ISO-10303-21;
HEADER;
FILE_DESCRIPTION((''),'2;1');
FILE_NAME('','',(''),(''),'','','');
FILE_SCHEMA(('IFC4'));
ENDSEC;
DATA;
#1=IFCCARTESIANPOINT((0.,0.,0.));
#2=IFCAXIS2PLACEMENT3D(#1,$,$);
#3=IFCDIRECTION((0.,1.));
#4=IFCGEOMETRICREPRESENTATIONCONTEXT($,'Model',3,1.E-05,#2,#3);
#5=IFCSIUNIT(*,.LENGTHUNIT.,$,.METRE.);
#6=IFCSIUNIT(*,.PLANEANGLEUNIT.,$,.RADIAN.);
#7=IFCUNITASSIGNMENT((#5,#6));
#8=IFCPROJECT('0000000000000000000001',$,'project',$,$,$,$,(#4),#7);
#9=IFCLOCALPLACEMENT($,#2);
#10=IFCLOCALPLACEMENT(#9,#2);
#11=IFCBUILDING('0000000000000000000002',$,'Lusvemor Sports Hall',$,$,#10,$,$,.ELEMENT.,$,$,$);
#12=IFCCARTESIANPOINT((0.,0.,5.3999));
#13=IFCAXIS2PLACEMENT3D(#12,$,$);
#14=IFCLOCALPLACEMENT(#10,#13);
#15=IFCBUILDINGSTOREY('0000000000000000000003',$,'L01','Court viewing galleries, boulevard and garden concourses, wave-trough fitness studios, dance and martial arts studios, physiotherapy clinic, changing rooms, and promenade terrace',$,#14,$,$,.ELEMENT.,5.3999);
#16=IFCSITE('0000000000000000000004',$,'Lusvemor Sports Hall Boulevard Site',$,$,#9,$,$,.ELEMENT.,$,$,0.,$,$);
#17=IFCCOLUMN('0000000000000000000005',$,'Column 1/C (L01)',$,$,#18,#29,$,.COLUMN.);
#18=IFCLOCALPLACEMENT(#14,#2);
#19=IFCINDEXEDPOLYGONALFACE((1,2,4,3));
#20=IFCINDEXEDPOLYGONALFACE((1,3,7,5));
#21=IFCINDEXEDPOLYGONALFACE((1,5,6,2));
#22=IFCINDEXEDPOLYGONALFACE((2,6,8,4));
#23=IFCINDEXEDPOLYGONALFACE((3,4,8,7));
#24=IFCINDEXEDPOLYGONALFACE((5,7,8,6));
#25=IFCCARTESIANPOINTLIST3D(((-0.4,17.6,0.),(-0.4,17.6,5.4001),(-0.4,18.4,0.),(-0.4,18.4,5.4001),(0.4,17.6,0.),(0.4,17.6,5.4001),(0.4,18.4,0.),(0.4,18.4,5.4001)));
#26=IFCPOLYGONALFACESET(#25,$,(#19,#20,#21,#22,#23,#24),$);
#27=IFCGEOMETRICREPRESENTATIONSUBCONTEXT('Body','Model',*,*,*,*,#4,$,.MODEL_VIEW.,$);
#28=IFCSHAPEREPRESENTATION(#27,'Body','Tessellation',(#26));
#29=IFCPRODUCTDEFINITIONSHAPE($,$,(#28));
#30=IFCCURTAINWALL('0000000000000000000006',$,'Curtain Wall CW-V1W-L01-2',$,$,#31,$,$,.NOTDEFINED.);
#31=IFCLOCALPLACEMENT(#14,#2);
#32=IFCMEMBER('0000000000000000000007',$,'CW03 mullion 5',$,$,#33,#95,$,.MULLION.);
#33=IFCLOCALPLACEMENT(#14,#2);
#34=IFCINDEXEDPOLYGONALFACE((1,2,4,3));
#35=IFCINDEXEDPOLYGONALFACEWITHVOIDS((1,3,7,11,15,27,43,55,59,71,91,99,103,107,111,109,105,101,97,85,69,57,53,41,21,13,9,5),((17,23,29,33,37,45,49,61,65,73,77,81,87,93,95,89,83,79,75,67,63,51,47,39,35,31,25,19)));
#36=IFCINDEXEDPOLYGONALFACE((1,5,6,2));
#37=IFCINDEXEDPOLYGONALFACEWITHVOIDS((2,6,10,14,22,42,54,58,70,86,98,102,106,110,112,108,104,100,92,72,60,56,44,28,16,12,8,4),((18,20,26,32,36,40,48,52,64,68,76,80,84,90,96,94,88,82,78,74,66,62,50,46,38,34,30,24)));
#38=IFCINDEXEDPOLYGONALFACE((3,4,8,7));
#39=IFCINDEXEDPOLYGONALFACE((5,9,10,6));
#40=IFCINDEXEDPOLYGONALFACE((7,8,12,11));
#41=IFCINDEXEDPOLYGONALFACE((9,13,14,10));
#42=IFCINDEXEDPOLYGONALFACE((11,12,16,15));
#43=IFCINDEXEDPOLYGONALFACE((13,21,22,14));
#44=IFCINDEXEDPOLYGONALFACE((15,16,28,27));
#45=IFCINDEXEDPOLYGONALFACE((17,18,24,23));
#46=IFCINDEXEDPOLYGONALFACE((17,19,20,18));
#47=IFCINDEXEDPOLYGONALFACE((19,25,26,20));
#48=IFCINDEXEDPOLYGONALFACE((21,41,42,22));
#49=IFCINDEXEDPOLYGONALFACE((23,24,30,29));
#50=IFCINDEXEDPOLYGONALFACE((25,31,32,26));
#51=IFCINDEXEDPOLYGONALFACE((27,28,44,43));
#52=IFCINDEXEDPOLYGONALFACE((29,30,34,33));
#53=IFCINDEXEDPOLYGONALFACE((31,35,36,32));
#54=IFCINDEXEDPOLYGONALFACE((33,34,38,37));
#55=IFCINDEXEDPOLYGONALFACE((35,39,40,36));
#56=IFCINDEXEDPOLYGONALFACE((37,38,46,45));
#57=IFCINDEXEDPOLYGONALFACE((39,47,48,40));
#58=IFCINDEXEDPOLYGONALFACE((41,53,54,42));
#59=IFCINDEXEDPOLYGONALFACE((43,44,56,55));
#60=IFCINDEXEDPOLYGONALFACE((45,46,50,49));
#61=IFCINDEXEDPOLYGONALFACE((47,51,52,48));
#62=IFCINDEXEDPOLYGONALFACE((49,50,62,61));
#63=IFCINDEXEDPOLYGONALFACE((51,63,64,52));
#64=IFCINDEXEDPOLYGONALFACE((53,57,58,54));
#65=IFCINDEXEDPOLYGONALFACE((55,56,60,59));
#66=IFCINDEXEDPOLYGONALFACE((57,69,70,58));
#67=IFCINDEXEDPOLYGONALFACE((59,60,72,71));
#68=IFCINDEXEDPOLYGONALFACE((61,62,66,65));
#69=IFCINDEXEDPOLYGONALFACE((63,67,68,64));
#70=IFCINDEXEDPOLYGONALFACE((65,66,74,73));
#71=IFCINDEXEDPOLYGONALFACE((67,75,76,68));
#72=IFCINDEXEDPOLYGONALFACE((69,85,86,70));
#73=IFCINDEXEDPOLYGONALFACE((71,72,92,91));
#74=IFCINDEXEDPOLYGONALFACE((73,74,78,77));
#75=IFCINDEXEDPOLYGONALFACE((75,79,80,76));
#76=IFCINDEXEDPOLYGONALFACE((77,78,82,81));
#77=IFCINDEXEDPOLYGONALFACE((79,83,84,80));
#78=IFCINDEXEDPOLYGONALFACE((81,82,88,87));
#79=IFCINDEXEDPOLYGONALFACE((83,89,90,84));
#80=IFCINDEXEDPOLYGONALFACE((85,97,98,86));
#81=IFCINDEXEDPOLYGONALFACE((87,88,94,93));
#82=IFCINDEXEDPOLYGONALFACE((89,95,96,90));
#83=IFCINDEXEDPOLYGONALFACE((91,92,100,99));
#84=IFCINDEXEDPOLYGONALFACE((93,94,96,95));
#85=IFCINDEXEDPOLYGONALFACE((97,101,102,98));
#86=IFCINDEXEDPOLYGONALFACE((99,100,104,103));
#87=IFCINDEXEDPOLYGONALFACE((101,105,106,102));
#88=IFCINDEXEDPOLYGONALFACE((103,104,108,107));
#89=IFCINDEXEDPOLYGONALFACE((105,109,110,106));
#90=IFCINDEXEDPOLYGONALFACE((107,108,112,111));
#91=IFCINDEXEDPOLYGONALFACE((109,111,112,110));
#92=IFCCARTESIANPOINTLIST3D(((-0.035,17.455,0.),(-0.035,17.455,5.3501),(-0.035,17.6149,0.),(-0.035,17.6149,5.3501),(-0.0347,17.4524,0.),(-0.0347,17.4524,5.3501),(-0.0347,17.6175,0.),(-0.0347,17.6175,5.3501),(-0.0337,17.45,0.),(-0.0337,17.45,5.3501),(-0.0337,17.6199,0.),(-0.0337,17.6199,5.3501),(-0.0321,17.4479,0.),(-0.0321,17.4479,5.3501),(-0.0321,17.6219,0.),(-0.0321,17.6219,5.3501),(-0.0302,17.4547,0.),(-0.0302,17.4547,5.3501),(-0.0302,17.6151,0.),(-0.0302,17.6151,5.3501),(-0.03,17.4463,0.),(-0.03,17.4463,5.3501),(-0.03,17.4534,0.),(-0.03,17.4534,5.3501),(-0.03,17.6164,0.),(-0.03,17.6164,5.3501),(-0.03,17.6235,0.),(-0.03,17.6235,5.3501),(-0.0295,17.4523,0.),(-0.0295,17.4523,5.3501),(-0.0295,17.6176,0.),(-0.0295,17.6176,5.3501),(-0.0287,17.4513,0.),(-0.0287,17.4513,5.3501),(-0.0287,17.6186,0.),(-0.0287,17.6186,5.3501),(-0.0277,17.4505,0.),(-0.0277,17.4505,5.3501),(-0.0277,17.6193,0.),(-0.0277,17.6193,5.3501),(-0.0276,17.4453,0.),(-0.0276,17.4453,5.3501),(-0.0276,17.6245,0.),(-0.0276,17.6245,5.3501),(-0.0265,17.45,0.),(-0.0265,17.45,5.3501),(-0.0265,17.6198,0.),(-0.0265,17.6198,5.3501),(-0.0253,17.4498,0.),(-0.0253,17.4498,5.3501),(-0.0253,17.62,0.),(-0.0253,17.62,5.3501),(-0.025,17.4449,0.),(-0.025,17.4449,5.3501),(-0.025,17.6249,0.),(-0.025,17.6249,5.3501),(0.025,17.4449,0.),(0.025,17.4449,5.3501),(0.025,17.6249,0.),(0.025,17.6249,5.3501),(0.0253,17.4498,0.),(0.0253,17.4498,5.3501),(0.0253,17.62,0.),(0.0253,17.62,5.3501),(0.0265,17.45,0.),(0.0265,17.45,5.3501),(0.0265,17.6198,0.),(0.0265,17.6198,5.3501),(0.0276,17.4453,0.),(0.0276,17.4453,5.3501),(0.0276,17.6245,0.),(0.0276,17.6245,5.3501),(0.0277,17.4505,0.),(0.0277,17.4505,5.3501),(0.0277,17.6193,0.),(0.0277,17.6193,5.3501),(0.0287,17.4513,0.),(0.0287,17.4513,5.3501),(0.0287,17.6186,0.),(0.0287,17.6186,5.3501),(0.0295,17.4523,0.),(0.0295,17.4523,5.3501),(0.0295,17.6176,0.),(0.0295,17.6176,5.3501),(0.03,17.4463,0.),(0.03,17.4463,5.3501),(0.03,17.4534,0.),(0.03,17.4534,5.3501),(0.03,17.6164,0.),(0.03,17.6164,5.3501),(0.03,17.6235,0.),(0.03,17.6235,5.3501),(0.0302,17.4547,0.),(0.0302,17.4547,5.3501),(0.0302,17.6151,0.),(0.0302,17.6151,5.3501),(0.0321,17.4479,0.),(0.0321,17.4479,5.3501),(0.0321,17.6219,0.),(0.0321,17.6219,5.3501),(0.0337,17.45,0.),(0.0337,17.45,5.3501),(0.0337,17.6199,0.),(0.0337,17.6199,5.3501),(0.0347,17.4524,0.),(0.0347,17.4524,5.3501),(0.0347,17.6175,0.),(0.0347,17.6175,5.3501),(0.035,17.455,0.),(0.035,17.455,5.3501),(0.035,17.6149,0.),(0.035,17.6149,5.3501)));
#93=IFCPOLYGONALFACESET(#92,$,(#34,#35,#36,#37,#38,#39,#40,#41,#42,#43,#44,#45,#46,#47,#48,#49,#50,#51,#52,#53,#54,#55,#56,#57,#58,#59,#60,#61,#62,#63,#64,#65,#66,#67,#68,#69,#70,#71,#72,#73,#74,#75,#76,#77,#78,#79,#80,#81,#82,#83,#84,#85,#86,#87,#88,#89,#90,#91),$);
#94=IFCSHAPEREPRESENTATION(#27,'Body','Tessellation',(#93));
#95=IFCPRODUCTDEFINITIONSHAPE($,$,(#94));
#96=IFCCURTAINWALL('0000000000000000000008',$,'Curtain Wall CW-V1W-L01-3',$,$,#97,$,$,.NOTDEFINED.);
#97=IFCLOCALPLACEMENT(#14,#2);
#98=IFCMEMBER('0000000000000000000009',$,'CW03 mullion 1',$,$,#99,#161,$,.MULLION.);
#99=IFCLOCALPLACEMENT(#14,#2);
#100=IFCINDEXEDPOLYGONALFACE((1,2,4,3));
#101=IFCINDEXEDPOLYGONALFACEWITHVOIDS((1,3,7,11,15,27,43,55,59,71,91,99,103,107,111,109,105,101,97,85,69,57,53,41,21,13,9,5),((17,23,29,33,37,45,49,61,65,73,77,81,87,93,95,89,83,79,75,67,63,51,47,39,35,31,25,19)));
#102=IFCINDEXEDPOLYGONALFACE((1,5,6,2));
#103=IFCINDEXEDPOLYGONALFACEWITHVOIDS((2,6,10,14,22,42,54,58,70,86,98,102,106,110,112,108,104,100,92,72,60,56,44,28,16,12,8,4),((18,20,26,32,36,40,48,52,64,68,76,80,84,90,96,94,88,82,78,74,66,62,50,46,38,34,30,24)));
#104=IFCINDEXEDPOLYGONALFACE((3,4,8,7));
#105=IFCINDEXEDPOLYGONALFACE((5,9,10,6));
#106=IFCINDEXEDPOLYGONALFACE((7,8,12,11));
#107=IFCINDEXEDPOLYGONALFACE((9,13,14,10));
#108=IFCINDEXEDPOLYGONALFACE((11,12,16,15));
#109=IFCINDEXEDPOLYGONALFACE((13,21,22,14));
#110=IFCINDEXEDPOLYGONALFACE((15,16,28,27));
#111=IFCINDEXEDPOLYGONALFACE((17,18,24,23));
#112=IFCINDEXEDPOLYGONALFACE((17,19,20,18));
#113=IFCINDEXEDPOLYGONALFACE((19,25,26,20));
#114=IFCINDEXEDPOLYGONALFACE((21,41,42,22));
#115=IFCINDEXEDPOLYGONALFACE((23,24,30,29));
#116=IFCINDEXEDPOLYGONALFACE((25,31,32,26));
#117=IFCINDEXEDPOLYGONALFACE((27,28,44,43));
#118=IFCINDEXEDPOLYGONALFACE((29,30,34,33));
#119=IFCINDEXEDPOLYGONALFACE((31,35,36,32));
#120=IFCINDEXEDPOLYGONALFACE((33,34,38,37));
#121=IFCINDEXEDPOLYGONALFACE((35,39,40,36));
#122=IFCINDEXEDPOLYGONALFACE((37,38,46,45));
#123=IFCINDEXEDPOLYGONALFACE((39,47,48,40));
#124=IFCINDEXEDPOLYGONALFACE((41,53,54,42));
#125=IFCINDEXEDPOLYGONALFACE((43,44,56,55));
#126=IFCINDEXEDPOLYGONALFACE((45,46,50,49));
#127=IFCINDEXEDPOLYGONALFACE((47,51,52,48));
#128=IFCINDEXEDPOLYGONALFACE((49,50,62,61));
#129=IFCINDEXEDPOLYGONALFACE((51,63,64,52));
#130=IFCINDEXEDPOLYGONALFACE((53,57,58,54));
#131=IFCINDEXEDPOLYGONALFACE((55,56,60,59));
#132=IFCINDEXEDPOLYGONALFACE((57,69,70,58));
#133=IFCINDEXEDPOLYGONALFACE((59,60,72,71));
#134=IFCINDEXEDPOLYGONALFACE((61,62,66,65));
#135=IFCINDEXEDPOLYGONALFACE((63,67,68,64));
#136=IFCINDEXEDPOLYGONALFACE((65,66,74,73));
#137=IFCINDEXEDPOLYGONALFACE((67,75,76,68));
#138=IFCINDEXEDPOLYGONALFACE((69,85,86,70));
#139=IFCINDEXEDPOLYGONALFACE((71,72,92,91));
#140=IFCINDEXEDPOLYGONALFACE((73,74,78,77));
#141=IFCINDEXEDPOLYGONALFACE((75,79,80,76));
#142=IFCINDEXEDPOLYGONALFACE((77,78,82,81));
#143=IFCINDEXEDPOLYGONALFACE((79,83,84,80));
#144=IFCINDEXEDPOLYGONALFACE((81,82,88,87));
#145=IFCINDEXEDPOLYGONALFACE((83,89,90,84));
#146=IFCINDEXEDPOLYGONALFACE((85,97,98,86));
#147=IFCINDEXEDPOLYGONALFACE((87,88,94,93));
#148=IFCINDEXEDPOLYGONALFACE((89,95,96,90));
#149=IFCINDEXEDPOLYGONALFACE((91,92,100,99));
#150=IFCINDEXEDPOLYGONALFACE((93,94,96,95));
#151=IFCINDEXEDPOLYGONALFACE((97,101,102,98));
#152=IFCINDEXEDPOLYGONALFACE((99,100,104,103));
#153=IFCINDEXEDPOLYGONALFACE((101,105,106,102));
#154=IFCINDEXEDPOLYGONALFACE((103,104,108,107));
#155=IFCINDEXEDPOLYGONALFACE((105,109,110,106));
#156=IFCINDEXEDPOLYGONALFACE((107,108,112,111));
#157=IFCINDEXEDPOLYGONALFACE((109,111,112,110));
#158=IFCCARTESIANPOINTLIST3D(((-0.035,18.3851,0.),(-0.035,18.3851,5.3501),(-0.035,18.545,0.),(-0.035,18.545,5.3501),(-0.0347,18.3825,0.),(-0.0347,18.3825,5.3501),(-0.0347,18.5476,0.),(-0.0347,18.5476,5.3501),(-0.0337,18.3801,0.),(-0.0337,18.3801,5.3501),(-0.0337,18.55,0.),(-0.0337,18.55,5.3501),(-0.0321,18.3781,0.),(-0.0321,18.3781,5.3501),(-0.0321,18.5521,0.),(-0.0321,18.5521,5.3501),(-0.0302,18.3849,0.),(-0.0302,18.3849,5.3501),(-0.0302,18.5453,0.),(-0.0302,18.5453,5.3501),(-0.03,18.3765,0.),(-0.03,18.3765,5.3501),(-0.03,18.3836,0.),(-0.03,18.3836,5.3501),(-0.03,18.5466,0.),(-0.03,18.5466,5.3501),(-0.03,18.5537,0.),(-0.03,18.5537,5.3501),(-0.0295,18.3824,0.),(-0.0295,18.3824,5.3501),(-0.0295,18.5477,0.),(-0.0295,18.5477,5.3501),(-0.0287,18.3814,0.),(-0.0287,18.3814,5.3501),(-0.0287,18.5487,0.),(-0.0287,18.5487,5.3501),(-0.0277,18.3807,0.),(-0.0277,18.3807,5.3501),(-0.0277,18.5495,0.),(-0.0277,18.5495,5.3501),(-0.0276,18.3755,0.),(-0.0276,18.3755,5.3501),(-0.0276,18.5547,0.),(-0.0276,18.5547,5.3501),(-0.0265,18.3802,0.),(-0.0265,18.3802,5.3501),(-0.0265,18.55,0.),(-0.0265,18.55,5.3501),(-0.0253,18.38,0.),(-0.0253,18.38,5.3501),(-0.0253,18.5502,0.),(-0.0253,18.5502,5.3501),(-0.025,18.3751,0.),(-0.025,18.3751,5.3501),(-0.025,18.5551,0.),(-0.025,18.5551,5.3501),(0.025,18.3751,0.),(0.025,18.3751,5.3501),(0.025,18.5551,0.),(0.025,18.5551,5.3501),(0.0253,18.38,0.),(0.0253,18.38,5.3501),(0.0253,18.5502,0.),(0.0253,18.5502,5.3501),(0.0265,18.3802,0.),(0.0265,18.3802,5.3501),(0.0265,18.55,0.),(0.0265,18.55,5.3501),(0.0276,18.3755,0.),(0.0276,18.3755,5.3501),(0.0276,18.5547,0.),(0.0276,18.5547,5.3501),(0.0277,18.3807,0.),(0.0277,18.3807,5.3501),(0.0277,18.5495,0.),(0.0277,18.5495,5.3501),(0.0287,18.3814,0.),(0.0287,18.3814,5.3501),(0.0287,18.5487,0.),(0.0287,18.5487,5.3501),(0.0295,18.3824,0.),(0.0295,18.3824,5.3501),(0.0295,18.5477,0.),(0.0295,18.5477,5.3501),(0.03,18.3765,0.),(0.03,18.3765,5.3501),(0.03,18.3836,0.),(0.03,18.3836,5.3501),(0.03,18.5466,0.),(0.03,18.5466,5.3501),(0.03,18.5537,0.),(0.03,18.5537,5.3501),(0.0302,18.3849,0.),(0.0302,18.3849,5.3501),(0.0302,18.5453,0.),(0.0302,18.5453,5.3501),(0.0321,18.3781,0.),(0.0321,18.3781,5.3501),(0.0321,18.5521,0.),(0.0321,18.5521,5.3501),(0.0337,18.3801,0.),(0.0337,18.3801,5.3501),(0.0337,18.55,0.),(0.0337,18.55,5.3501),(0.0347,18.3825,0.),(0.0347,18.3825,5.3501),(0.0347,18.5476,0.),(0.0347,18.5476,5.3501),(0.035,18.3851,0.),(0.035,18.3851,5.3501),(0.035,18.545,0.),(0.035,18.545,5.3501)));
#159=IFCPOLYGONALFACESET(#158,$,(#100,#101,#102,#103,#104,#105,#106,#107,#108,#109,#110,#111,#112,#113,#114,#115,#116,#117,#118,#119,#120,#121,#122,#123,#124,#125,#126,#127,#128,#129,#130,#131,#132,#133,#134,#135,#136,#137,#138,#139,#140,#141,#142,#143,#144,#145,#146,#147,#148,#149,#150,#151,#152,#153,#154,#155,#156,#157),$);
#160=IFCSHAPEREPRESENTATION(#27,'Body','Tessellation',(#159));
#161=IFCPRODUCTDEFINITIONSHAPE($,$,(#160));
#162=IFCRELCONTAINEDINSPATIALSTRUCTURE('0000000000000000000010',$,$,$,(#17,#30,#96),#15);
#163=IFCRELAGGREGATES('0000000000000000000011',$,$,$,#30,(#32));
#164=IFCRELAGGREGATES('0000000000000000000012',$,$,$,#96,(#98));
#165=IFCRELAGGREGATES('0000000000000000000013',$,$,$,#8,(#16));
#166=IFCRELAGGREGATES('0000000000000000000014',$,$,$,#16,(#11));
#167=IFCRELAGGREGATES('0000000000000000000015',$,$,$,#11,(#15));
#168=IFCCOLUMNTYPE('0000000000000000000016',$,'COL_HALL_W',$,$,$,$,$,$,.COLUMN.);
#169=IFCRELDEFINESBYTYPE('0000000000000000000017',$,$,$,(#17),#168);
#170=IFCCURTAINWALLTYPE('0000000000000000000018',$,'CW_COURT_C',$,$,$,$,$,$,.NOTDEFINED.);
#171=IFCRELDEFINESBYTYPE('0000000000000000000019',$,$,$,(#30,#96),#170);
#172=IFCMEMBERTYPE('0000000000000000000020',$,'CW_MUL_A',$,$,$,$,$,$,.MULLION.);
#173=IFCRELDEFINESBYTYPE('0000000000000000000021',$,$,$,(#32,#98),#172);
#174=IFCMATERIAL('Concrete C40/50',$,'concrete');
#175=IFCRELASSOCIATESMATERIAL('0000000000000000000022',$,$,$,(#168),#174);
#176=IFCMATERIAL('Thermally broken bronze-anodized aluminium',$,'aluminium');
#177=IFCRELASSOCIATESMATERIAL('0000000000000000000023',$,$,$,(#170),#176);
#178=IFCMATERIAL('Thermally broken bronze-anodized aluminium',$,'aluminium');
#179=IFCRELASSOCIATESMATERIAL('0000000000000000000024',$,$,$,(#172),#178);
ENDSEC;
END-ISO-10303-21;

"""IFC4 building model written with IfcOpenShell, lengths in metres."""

from ifc_helpers import new_model, si_unit, direction, frame, origin, origin_2d, place, context, subcontext, project, spatial, rectangle, hollow_rectangle, extrude, material, material_profile, profile_set, type_object, element, aggregate, save


model = new_model("IFC4")

# Units and contexts
model_context = context("Model", 3, precision=1e-05, world=origin(), true_north=direction((0.0, 1.0)))
body_context = subcontext(model_context, "Body", "Model", "MODEL_VIEW")
ifc_project = project(units=[si_unit("LENGTHUNIT", "METRE"), si_unit("PLANEANGLEUNIT", "RADIAN")], contexts=[model_context])

# Site, building, storey
site_placement = place(None, origin())
site = spatial("IfcSite", under=ifc_project, at=site_placement, Name="Lusvemor Sports Hall Boulevard Site", CompositionType="ELEMENT", RefElevation=0.0)
building_placement = place(site_placement, origin())
building = spatial("IfcBuilding", under=site, at=building_placement, Name="Lusvemor Sports Hall", CompositionType="ELEMENT")
storey_placement = place(building_placement, frame((0.0, 0.0, 5.3999)))
storey = spatial("IfcBuildingStorey", under=building, at=storey_placement, Name="L01", Description="Court viewing galleries, boulevard and garden concourses, wave-trough fitness studios, dance and martial arts studios, physiotherapy clinic, changing rooms, and promenade terrace", CompositionType="ELEMENT", Elevation=5.3999)

# Column
ifc_material_1 = material(Name="Concrete C40/50", Category="concrete")
ifc_material_profile_1 = material_profile(ifc_material_1, rectangle(XDim=0.8, YDim=0.8, at=origin_2d()), Name="RC800x800")
ifc_profile_set_1 = profile_set([ifc_material_profile_1], Name="Concrete C40/50")
column_type = type_object("IfcColumnType", Name="COL_HALL_W", PredefinedType="COLUMN", material=ifc_profile_set_1)
column_placement = place(storey_placement, frame((0.0, 18.0, 0.0), z_axis=(0.0, 0.0, 1.0), x_axis=(1.0, 0.0, 0.0)))
element("IfcColumn", 1, at=column_placement, inside=storey, type_object=column_type, Name="Column 1/C (L01)", PredefinedType="COLUMN", context=body_context, shape_type="SweptSolid", body=[
    extrude(rectangle(XDim=0.8, YDim=0.8, at=origin_2d()), origin(), (0.0, 0.0, 1.0), 5.4001),
])

# Curtain wall, member
ifc_material_2 = material(Name="Thermally broken bronze-anodized aluminium", Category="aluminium")
curtain_wall_type = type_object("IfcCurtainWallType", Name="CW_COURT_C", PredefinedType="NOTDEFINED", material=ifc_material_2)
curtain_wall_1_placement = place(storey_placement, origin())
curtain_wall_1 = element("IfcCurtainWall", 2, at=curtain_wall_1_placement, inside=storey, type_object=curtain_wall_type, Name="Curtain Wall CW-V1W-L01-2", PredefinedType="NOTDEFINED")
ifc_material_3 = material(Name="Thermally broken bronze-anodized aluminium", Category="aluminium")
ifc_material_profile_2 = material_profile(ifc_material_3, hollow_rectangle(XDim=0.0701, YDim=0.1799, WallThickness=0.0049, InnerFilletRadius=0.0049, OuterFilletRadius=0.01, at=origin_2d()), Name="CWMUL180x70x5")
ifc_profile_set_2 = profile_set([ifc_material_profile_2], Name="Thermally broken bronze-anodized aluminium")
member_type_1 = type_object("IfcMemberType", Name="CW_MUL_A", PredefinedType="MULLION", material=ifc_profile_set_2)
member_1_placement = place(storey_placement, frame((0.0, 17.5349, 0.0), z_axis=(0.0, 0.0, 1.0), x_axis=(-1.0, 0.0, 0.0)))
member_1 = element("IfcMember", 3, at=member_1_placement, type_object=member_type_1, Name="CW03 mullion 5", PredefinedType="MULLION", context=body_context, shape_type="SweptSolid", body=[
    extrude(hollow_rectangle(XDim=0.0701, YDim=0.1799, WallThickness=0.0049, InnerFilletRadius=0.0049, OuterFilletRadius=0.01, at=origin_2d()), origin(), (0.0, 0.0, 1.0), 5.3501),
])
aggregate(curtain_wall_1, [member_1])

# Curtain wall, member
curtain_wall_2_placement = place(storey_placement, origin())
curtain_wall_2 = element("IfcCurtainWall", 4, at=curtain_wall_2_placement, inside=storey, type_object=curtain_wall_type, Name="Curtain Wall CW-V1W-L01-3", PredefinedType="NOTDEFINED")
member_2_placement = place(storey_placement, frame((0.0, 18.4651, 0.0), z_axis=(0.0, 0.0, 1.0), x_axis=(-1.0, 0.0, 0.0)))
member_2 = element("IfcMember", 5, at=member_2_placement, type_object=member_type_1, Name="CW03 mullion 1", PredefinedType="MULLION", context=body_context, shape_type="SweptSolid", body=[
    extrude(hollow_rectangle(XDim=0.0701, YDim=0.1799, WallThickness=0.0049, InnerFilletRadius=0.0049, OuterFilletRadius=0.01, at=origin_2d()), origin(), (0.0, 0.0, 1.0), 5.3501),
])
aggregate(curtain_wall_2, [member_2])

save(model, "model.ifc")
